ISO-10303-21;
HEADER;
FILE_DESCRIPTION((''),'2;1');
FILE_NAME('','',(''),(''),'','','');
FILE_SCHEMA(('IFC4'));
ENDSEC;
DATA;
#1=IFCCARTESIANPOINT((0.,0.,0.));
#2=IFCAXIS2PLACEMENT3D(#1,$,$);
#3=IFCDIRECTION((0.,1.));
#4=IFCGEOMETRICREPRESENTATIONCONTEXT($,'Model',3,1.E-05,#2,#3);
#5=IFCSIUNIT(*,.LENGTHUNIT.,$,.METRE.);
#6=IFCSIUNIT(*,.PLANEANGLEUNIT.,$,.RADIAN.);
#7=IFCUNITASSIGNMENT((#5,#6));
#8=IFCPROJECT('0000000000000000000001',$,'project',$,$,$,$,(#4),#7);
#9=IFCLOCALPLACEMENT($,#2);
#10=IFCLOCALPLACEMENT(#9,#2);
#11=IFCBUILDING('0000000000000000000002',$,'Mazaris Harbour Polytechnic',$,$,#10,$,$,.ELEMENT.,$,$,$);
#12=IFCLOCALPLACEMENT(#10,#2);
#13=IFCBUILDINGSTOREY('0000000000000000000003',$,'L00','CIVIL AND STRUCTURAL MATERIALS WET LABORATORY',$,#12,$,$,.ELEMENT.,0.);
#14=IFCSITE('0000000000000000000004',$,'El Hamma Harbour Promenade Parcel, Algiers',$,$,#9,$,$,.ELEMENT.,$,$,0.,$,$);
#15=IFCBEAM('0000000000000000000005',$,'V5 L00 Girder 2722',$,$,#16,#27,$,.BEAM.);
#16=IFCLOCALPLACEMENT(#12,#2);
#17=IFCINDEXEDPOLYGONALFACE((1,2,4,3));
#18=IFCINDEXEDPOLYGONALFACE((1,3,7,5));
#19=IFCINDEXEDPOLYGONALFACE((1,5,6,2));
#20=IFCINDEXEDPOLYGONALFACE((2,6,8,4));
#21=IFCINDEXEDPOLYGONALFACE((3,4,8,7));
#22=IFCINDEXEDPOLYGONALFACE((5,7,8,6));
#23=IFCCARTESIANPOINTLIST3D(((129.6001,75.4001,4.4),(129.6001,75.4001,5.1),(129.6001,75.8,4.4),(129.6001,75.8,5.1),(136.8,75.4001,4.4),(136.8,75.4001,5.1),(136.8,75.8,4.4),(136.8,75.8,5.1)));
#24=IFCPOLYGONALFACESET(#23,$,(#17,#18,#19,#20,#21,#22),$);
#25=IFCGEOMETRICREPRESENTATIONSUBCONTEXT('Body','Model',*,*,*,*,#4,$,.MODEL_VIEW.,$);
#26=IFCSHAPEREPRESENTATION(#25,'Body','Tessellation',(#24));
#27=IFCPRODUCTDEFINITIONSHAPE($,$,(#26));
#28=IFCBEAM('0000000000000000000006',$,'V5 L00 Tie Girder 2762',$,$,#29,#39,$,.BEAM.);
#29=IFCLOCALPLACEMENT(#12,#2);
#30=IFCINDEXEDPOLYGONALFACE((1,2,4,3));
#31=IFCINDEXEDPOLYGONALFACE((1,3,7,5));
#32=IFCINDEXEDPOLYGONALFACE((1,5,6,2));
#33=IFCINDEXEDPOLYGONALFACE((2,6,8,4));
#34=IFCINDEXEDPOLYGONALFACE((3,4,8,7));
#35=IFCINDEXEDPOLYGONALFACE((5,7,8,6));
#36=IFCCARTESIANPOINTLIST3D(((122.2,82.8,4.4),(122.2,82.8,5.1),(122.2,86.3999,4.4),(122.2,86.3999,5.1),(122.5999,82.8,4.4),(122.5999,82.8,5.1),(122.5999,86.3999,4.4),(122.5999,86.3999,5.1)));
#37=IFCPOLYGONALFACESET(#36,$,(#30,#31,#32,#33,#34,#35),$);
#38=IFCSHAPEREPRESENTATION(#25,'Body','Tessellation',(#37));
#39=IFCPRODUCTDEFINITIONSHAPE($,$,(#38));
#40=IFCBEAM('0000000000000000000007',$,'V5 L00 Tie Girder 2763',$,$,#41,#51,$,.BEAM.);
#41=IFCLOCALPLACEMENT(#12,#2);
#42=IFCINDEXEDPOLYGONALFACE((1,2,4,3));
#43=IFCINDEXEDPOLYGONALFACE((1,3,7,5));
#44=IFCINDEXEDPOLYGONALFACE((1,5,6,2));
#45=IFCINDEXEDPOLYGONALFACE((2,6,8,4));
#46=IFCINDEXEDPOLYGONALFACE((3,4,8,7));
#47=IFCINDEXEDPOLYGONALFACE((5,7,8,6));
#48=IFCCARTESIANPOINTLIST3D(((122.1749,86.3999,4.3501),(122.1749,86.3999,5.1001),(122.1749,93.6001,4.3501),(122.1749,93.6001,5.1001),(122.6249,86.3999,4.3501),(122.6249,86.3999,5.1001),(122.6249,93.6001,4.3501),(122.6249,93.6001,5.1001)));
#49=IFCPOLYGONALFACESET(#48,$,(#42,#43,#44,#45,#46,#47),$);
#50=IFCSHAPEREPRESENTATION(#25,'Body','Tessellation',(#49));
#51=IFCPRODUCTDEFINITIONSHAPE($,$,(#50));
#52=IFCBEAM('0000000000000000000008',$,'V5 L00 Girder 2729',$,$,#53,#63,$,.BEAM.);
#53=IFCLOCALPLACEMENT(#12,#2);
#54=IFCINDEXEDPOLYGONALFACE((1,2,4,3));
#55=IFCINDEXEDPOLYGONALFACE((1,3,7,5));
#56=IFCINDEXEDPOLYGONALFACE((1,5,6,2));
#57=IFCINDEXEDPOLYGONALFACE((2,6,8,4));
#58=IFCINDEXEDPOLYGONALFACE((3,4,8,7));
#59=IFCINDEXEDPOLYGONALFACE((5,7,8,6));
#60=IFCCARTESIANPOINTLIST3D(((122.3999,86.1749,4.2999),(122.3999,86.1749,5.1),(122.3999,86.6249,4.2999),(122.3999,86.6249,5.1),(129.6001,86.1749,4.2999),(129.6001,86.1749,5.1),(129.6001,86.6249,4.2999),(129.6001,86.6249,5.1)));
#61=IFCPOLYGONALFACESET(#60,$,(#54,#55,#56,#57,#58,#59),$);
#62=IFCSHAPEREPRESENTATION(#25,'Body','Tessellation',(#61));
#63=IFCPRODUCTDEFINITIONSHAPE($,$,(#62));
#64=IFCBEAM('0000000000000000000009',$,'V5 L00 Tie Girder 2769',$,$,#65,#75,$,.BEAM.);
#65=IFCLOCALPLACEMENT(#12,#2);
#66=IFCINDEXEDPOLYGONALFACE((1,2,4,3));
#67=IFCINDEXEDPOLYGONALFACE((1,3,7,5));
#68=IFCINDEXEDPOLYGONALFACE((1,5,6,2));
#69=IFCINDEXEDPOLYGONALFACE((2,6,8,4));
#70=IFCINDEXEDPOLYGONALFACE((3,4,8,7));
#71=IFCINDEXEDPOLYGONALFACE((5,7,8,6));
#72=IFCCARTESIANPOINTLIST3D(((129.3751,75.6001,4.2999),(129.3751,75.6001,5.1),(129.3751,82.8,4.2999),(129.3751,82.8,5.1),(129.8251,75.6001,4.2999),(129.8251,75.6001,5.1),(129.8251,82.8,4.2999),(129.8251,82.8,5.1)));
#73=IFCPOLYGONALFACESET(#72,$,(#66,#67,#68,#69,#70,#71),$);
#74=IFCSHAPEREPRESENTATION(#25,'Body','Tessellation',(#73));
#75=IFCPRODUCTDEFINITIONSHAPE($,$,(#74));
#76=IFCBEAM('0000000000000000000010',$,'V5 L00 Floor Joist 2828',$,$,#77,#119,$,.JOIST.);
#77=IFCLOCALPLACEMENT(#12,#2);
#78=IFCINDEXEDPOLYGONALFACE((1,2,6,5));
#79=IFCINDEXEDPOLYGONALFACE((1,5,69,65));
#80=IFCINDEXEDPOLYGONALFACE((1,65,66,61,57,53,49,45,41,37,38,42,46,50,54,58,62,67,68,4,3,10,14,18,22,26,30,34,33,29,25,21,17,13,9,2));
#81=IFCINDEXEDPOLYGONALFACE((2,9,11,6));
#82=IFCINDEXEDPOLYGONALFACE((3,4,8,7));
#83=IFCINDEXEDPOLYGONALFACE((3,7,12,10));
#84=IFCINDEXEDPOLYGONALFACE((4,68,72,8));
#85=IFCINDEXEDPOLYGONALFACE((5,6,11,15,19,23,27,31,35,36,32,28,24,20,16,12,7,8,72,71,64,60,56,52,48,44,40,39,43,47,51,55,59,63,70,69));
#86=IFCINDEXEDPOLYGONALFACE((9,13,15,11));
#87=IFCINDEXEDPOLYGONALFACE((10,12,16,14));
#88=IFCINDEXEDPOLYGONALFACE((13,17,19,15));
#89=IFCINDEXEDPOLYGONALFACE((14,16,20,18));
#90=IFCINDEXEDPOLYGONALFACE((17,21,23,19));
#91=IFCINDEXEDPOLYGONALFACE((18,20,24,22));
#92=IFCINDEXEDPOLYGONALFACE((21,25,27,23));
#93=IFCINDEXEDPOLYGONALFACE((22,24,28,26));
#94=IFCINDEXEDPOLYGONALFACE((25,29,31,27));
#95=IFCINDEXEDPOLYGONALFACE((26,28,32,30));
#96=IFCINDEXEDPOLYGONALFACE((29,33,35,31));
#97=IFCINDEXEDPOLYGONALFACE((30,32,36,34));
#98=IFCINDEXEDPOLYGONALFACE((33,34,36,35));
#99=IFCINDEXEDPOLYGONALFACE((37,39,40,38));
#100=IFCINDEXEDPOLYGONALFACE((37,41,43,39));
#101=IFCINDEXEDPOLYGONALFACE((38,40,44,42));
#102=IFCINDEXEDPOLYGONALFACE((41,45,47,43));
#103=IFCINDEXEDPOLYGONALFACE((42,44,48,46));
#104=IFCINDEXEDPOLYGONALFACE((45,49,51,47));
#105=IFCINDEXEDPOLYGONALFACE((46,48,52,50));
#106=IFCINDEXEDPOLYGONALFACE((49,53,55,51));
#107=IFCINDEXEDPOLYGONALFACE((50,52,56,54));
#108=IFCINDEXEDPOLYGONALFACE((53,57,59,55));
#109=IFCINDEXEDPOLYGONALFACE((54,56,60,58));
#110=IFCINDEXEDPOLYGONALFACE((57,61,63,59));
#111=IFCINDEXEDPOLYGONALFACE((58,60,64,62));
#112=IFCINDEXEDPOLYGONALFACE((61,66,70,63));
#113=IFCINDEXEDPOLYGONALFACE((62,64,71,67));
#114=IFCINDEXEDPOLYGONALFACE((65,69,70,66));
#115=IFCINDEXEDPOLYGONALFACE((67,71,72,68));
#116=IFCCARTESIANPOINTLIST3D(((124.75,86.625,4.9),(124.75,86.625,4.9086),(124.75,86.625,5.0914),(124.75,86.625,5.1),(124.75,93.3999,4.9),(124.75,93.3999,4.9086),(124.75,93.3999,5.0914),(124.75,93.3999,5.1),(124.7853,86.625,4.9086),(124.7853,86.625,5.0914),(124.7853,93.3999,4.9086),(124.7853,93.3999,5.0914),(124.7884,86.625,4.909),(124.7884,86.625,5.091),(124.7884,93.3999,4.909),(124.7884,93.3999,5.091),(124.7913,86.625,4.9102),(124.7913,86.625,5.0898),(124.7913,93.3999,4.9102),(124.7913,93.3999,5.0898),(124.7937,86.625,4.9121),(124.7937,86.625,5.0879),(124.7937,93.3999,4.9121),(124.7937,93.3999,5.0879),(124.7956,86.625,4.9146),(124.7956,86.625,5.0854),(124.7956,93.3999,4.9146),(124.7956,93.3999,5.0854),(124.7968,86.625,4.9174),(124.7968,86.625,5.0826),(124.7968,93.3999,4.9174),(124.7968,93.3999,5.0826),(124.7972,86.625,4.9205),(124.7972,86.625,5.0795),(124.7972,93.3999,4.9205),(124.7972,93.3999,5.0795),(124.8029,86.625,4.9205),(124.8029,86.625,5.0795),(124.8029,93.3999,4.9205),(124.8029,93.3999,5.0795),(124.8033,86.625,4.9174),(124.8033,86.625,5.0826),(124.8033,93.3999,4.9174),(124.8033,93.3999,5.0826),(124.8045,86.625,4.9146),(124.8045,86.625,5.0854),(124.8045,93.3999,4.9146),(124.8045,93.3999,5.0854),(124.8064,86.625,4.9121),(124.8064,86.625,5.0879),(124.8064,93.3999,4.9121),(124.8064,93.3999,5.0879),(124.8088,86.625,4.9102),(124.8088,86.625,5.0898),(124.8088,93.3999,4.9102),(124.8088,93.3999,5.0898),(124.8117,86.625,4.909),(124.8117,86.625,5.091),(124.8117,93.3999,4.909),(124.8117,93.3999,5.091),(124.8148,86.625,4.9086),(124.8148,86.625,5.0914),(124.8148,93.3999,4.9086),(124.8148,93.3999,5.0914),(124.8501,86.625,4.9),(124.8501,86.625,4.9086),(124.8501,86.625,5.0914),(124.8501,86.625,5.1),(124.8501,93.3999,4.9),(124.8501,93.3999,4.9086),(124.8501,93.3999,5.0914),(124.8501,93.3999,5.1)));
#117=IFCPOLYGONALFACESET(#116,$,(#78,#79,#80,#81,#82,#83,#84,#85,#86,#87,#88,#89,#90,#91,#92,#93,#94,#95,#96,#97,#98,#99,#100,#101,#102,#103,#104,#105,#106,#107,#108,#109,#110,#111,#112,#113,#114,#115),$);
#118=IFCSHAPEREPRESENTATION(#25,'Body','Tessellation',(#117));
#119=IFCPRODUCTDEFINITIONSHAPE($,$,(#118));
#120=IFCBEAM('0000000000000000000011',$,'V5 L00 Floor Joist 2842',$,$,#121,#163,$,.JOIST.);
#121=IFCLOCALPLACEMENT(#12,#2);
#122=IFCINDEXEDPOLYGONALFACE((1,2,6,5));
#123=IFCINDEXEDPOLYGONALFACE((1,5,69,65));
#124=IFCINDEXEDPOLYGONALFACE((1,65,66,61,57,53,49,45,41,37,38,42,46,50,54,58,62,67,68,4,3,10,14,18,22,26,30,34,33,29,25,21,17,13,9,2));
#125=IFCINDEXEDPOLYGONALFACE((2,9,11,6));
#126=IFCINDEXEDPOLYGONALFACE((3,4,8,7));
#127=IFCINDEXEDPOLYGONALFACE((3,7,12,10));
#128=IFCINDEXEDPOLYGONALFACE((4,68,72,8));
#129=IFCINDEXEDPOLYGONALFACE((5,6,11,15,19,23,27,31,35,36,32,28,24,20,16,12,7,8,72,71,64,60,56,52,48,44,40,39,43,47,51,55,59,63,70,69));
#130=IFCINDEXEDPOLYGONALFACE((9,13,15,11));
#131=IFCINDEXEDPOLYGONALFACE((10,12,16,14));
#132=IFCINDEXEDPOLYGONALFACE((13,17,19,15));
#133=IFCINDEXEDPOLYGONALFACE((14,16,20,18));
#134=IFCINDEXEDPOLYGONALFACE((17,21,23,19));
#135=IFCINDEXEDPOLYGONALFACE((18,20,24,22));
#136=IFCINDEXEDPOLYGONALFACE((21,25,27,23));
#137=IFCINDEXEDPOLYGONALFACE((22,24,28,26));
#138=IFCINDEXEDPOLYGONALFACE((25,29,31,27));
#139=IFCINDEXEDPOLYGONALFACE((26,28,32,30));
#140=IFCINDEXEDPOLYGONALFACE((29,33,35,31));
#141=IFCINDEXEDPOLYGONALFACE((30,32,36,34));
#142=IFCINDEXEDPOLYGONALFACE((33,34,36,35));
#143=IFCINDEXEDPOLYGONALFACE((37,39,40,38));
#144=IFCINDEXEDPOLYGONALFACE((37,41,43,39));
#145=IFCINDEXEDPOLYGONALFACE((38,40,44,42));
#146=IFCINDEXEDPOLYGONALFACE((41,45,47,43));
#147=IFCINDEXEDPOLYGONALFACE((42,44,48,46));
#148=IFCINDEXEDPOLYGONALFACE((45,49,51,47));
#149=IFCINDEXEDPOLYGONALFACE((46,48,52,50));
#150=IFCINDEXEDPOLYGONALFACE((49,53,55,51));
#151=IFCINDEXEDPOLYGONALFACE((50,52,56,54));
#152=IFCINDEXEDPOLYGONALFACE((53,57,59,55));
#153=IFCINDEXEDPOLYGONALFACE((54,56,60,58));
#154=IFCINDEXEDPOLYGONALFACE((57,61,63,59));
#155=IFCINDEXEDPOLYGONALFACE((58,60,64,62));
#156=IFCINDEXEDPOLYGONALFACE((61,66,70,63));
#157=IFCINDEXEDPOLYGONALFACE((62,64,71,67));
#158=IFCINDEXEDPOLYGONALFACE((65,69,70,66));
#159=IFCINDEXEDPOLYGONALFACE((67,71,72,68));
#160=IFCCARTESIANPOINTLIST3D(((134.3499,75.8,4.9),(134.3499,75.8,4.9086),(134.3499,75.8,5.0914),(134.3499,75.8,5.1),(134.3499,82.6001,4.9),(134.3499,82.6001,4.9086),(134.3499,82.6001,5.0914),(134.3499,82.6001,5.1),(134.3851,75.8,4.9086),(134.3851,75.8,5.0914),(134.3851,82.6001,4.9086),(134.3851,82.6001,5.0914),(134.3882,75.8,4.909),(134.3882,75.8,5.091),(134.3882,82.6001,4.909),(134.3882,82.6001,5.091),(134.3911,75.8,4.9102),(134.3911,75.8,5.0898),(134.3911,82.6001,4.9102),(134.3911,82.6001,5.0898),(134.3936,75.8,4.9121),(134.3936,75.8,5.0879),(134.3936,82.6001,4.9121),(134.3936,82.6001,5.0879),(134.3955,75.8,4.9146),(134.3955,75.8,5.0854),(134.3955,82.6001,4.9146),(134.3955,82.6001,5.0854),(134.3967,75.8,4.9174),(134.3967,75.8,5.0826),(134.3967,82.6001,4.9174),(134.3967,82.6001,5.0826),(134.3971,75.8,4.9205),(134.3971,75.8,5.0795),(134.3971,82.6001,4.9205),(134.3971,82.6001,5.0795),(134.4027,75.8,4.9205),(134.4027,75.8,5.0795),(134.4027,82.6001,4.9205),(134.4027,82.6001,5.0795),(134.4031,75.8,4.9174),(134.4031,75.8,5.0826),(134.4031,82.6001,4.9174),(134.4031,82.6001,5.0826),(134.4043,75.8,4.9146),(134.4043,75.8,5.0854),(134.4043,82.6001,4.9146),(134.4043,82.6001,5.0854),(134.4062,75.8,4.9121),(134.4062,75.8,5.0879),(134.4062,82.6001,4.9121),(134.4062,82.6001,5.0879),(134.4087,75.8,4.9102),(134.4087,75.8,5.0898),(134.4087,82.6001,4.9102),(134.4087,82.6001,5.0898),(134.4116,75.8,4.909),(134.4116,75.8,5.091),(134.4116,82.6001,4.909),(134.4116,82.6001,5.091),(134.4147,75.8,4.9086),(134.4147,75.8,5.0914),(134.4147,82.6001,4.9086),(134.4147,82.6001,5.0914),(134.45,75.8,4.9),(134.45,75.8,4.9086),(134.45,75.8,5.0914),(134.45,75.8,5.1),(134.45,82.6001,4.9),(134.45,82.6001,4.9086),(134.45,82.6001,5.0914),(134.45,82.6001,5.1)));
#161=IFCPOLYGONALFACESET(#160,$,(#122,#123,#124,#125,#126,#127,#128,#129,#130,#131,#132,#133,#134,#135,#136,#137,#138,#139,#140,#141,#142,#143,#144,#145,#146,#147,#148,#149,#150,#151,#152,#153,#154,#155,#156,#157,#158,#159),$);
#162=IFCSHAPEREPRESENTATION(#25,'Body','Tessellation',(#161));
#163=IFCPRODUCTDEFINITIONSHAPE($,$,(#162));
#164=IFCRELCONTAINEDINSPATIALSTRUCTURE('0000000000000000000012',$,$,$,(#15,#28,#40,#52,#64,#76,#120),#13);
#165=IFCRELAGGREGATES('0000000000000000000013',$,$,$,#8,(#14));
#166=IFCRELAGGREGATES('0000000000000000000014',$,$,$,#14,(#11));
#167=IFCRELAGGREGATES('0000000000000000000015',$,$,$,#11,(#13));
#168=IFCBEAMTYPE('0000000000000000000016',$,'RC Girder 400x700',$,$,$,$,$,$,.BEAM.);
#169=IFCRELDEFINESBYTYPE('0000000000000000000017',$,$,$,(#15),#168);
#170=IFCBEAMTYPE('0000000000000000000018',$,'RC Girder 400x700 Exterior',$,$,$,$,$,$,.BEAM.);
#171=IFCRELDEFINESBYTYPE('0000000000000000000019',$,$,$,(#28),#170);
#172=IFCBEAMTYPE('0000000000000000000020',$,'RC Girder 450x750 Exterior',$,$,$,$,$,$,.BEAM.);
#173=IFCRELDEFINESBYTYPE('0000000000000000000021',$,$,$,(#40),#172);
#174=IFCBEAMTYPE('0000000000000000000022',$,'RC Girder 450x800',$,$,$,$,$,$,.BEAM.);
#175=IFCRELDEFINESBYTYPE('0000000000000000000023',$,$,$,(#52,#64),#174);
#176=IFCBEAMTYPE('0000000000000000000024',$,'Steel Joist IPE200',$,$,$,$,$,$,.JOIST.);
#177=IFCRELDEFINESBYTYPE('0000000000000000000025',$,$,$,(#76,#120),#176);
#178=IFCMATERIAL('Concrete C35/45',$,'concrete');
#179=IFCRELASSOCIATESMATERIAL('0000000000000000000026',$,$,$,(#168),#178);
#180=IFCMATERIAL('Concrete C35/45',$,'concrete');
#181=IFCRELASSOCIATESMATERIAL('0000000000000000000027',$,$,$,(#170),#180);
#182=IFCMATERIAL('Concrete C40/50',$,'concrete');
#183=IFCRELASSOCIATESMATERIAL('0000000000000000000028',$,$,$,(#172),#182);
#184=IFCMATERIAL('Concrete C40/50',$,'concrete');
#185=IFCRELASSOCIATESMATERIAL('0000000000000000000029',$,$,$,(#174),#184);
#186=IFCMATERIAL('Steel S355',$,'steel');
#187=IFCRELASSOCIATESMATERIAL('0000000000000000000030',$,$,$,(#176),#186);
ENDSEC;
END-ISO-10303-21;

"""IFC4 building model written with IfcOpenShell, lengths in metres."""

from ifc_helpers import new_model, si_unit, direction, frame, origin, origin_2d, place, context, subcontext, project, spatial, rectangle, i_section, extrude, material, material_profile, profile_set, type_object, element, save


model = new_model("IFC4")

# Units and contexts
model_context = context("Model", 3, precision=1e-05, world=origin(), true_north=direction((0.0, 1.0)))
body_context = subcontext(model_context, "Body", "Model", "MODEL_VIEW")
ifc_project = project(units=[si_unit("LENGTHUNIT", "METRE"), si_unit("PLANEANGLEUNIT", "RADIAN")], contexts=[model_context])

# Site, building, storey
site_placement = place(None, origin())
site = spatial("IfcSite", under=ifc_project, at=site_placement, Name="El Hamma Harbour Promenade Parcel, Algiers", CompositionType="ELEMENT", RefElevation=0.0)
building_placement = place(site_placement, origin())
building = spatial("IfcBuilding", under=site, at=building_placement, Name="Mazaris Harbour Polytechnic", CompositionType="ELEMENT")
storey_placement = place(building_placement, origin())
storey = spatial("IfcBuildingStorey", under=building, at=storey_placement, Name="L00", Description="CIVIL AND STRUCTURAL MATERIALS WET LABORATORY", CompositionType="ELEMENT", Elevation=0.0)

# Beams
ifc_material_1 = material(Name="Concrete C35/45", Category="concrete")
ifc_material_profile_1 = material_profile(ifc_material_1, rectangle(XDim=0.3999, YDim=0.7, at=origin_2d()), Name="RECT400x700")
ifc_profile_set_1 = profile_set([ifc_material_profile_1], Name="Concrete C35/45")
beam_type_1 = type_object("IfcBeamType", Name="RC Girder 400x700", PredefinedType="BEAM", material=ifc_profile_set_1)
beam_1_placement = place(storey_placement, frame((129.6001, 75.6001, 4.75), z_axis=(1.0, 0.0, 0.0), x_axis=(0.0, 1.0, 0.0)))
element("IfcBeam", 1, at=beam_1_placement, inside=storey, type_object=beam_type_1, Name="V5 L00 Girder 2722", PredefinedType="BEAM", context=body_context, shape_type="SweptSolid", body=[
    extrude(rectangle(XDim=0.3999, YDim=0.7, at=origin_2d()), origin(), (0.0, 0.0, 1.0), 7.2),
])
ifc_material_2 = material(Name="Concrete C35/45", Category="concrete")
ifc_material_profile_2 = material_profile(ifc_material_2, rectangle(XDim=0.3999, YDim=0.7, at=origin_2d()), Name="RECT400x700")
ifc_profile_set_2 = profile_set([ifc_material_profile_2], Name="Concrete C35/45")
beam_type_2 = type_object("IfcBeamType", Name="RC Girder 400x700 Exterior", PredefinedType="BEAM", material=ifc_profile_set_2)
beam_2_placement = place(storey_placement, frame((122.3999, 82.8, 4.75), z_axis=(0.0, 1.0, 0.0), x_axis=(-1.0, 0.0, 0.0)))
element("IfcBeam", 2, at=beam_2_placement, inside=storey, type_object=beam_type_2, Name="V5 L00 Tie Girder 2762", PredefinedType="BEAM", context=body_context, shape_type="SweptSolid", body=[
    extrude(rectangle(XDim=0.3999, YDim=0.7, at=origin_2d()), origin(), (0.0, 0.0, 1.0), 3.5999),
])
ifc_material_3 = material(Name="Concrete C40/50", Category="concrete")
ifc_material_profile_3 = material_profile(ifc_material_3, rectangle(XDim=0.45, YDim=0.75, at=origin_2d()), Name="RECT450x750")
ifc_profile_set_3 = profile_set([ifc_material_profile_3], Name="Concrete C40/50")
beam_type_3 = type_object("IfcBeamType", Name="RC Girder 450x750 Exterior", PredefinedType="BEAM", material=ifc_profile_set_3)
beam_3_placement = place(storey_placement, frame((122.3999, 86.3999, 4.7251), z_axis=(0.0, 1.0, 0.0), x_axis=(-1.0, 0.0, 0.0)))
element("IfcBeam", 3, at=beam_3_placement, inside=storey, type_object=beam_type_3, Name="V5 L00 Tie Girder 2763", PredefinedType="BEAM", context=body_context, shape_type="SweptSolid", body=[
    extrude(rectangle(XDim=0.45, YDim=0.75, at=origin_2d()), origin(), (0.0, 0.0, 1.0), 7.2002),
])
ifc_material_4 = material(Name="Concrete C40/50", Category="concrete")
ifc_material_profile_4 = material_profile(ifc_material_4, rectangle(XDim=0.45, YDim=0.8, at=origin_2d()), Name="RECT450x800")
ifc_profile_set_4 = profile_set([ifc_material_profile_4], Name="Concrete C40/50")
beam_type_4 = type_object("IfcBeamType", Name="RC Girder 450x800", PredefinedType="BEAM", material=ifc_profile_set_4)
beam_4_placement = place(storey_placement, frame((122.3999, 86.3999, 4.7), z_axis=(1.0, 0.0, 0.0), x_axis=(0.0, 1.0, 0.0)))
element("IfcBeam", 4, at=beam_4_placement, inside=storey, type_object=beam_type_4, Name="V5 L00 Girder 2729", PredefinedType="BEAM", context=body_context, shape_type="SweptSolid", body=[
    extrude(rectangle(XDim=0.45, YDim=0.8, at=origin_2d()), origin(), (0.0, 0.0, 1.0), 7.2002),
])
beam_5_placement = place(storey_placement, frame((129.6001, 75.6001, 4.7), z_axis=(0.0, 1.0, 0.0), x_axis=(-1.0, 0.0, 0.0)))
element("IfcBeam", 5, at=beam_5_placement, inside=storey, type_object=beam_type_4, Name="V5 L00 Tie Girder 2769", PredefinedType="BEAM", context=body_context, shape_type="SweptSolid", body=[
    extrude(rectangle(XDim=0.45, YDim=0.8, at=origin_2d()), origin(), (0.0, 0.0, 1.0), 7.2),
])
ifc_material_5 = material(Name="Steel S355", Category="steel")
ifc_material_profile_5 = material_profile(ifc_material_5, i_section(OverallWidth=0.1001, OverallDepth=0.2, WebThickness=0.0056, FlangeThickness=0.0085, FilletRadius=0.012, at=origin_2d()), Name="IPE 200")
ifc_profile_set_5 = profile_set([ifc_material_profile_5], Name="Steel S355")
beam_type_5 = type_object("IfcBeamType", Name="Steel Joist IPE200", PredefinedType="JOIST", material=ifc_profile_set_5)
beam_6_placement = place(storey_placement, frame((124.8, 86.625, 5.0), z_axis=(0.0, 1.0, 0.0), x_axis=(-1.0, 0.0, 0.0)))
element("IfcBeam", 6, at=beam_6_placement, inside=storey, type_object=beam_type_5, Name="V5 L00 Floor Joist 2828", PredefinedType="JOIST", context=body_context, shape_type="SweptSolid", body=[
    extrude(i_section(OverallWidth=0.1001, OverallDepth=0.2, WebThickness=0.0056, FlangeThickness=0.0085, FilletRadius=0.012, at=origin_2d()), origin(), (0.0, 0.0, 1.0), 6.7749),
])
beam_7_placement = place(storey_placement, frame((134.3999, 75.8, 5.0), z_axis=(0.0, 1.0, 0.0), x_axis=(-1.0, 0.0, 0.0)))
element("IfcBeam", 7, at=beam_7_placement, inside=storey, type_object=beam_type_5, Name="V5 L00 Floor Joist 2842", PredefinedType="JOIST", context=body_context, shape_type="SweptSolid", body=[
    extrude(i_section(OverallWidth=0.1001, OverallDepth=0.2, WebThickness=0.0056, FlangeThickness=0.0085, FilletRadius=0.012, at=origin_2d()), origin(), (0.0, 0.0, 1.0), 6.8),
])

save(model, "model.ifc")
